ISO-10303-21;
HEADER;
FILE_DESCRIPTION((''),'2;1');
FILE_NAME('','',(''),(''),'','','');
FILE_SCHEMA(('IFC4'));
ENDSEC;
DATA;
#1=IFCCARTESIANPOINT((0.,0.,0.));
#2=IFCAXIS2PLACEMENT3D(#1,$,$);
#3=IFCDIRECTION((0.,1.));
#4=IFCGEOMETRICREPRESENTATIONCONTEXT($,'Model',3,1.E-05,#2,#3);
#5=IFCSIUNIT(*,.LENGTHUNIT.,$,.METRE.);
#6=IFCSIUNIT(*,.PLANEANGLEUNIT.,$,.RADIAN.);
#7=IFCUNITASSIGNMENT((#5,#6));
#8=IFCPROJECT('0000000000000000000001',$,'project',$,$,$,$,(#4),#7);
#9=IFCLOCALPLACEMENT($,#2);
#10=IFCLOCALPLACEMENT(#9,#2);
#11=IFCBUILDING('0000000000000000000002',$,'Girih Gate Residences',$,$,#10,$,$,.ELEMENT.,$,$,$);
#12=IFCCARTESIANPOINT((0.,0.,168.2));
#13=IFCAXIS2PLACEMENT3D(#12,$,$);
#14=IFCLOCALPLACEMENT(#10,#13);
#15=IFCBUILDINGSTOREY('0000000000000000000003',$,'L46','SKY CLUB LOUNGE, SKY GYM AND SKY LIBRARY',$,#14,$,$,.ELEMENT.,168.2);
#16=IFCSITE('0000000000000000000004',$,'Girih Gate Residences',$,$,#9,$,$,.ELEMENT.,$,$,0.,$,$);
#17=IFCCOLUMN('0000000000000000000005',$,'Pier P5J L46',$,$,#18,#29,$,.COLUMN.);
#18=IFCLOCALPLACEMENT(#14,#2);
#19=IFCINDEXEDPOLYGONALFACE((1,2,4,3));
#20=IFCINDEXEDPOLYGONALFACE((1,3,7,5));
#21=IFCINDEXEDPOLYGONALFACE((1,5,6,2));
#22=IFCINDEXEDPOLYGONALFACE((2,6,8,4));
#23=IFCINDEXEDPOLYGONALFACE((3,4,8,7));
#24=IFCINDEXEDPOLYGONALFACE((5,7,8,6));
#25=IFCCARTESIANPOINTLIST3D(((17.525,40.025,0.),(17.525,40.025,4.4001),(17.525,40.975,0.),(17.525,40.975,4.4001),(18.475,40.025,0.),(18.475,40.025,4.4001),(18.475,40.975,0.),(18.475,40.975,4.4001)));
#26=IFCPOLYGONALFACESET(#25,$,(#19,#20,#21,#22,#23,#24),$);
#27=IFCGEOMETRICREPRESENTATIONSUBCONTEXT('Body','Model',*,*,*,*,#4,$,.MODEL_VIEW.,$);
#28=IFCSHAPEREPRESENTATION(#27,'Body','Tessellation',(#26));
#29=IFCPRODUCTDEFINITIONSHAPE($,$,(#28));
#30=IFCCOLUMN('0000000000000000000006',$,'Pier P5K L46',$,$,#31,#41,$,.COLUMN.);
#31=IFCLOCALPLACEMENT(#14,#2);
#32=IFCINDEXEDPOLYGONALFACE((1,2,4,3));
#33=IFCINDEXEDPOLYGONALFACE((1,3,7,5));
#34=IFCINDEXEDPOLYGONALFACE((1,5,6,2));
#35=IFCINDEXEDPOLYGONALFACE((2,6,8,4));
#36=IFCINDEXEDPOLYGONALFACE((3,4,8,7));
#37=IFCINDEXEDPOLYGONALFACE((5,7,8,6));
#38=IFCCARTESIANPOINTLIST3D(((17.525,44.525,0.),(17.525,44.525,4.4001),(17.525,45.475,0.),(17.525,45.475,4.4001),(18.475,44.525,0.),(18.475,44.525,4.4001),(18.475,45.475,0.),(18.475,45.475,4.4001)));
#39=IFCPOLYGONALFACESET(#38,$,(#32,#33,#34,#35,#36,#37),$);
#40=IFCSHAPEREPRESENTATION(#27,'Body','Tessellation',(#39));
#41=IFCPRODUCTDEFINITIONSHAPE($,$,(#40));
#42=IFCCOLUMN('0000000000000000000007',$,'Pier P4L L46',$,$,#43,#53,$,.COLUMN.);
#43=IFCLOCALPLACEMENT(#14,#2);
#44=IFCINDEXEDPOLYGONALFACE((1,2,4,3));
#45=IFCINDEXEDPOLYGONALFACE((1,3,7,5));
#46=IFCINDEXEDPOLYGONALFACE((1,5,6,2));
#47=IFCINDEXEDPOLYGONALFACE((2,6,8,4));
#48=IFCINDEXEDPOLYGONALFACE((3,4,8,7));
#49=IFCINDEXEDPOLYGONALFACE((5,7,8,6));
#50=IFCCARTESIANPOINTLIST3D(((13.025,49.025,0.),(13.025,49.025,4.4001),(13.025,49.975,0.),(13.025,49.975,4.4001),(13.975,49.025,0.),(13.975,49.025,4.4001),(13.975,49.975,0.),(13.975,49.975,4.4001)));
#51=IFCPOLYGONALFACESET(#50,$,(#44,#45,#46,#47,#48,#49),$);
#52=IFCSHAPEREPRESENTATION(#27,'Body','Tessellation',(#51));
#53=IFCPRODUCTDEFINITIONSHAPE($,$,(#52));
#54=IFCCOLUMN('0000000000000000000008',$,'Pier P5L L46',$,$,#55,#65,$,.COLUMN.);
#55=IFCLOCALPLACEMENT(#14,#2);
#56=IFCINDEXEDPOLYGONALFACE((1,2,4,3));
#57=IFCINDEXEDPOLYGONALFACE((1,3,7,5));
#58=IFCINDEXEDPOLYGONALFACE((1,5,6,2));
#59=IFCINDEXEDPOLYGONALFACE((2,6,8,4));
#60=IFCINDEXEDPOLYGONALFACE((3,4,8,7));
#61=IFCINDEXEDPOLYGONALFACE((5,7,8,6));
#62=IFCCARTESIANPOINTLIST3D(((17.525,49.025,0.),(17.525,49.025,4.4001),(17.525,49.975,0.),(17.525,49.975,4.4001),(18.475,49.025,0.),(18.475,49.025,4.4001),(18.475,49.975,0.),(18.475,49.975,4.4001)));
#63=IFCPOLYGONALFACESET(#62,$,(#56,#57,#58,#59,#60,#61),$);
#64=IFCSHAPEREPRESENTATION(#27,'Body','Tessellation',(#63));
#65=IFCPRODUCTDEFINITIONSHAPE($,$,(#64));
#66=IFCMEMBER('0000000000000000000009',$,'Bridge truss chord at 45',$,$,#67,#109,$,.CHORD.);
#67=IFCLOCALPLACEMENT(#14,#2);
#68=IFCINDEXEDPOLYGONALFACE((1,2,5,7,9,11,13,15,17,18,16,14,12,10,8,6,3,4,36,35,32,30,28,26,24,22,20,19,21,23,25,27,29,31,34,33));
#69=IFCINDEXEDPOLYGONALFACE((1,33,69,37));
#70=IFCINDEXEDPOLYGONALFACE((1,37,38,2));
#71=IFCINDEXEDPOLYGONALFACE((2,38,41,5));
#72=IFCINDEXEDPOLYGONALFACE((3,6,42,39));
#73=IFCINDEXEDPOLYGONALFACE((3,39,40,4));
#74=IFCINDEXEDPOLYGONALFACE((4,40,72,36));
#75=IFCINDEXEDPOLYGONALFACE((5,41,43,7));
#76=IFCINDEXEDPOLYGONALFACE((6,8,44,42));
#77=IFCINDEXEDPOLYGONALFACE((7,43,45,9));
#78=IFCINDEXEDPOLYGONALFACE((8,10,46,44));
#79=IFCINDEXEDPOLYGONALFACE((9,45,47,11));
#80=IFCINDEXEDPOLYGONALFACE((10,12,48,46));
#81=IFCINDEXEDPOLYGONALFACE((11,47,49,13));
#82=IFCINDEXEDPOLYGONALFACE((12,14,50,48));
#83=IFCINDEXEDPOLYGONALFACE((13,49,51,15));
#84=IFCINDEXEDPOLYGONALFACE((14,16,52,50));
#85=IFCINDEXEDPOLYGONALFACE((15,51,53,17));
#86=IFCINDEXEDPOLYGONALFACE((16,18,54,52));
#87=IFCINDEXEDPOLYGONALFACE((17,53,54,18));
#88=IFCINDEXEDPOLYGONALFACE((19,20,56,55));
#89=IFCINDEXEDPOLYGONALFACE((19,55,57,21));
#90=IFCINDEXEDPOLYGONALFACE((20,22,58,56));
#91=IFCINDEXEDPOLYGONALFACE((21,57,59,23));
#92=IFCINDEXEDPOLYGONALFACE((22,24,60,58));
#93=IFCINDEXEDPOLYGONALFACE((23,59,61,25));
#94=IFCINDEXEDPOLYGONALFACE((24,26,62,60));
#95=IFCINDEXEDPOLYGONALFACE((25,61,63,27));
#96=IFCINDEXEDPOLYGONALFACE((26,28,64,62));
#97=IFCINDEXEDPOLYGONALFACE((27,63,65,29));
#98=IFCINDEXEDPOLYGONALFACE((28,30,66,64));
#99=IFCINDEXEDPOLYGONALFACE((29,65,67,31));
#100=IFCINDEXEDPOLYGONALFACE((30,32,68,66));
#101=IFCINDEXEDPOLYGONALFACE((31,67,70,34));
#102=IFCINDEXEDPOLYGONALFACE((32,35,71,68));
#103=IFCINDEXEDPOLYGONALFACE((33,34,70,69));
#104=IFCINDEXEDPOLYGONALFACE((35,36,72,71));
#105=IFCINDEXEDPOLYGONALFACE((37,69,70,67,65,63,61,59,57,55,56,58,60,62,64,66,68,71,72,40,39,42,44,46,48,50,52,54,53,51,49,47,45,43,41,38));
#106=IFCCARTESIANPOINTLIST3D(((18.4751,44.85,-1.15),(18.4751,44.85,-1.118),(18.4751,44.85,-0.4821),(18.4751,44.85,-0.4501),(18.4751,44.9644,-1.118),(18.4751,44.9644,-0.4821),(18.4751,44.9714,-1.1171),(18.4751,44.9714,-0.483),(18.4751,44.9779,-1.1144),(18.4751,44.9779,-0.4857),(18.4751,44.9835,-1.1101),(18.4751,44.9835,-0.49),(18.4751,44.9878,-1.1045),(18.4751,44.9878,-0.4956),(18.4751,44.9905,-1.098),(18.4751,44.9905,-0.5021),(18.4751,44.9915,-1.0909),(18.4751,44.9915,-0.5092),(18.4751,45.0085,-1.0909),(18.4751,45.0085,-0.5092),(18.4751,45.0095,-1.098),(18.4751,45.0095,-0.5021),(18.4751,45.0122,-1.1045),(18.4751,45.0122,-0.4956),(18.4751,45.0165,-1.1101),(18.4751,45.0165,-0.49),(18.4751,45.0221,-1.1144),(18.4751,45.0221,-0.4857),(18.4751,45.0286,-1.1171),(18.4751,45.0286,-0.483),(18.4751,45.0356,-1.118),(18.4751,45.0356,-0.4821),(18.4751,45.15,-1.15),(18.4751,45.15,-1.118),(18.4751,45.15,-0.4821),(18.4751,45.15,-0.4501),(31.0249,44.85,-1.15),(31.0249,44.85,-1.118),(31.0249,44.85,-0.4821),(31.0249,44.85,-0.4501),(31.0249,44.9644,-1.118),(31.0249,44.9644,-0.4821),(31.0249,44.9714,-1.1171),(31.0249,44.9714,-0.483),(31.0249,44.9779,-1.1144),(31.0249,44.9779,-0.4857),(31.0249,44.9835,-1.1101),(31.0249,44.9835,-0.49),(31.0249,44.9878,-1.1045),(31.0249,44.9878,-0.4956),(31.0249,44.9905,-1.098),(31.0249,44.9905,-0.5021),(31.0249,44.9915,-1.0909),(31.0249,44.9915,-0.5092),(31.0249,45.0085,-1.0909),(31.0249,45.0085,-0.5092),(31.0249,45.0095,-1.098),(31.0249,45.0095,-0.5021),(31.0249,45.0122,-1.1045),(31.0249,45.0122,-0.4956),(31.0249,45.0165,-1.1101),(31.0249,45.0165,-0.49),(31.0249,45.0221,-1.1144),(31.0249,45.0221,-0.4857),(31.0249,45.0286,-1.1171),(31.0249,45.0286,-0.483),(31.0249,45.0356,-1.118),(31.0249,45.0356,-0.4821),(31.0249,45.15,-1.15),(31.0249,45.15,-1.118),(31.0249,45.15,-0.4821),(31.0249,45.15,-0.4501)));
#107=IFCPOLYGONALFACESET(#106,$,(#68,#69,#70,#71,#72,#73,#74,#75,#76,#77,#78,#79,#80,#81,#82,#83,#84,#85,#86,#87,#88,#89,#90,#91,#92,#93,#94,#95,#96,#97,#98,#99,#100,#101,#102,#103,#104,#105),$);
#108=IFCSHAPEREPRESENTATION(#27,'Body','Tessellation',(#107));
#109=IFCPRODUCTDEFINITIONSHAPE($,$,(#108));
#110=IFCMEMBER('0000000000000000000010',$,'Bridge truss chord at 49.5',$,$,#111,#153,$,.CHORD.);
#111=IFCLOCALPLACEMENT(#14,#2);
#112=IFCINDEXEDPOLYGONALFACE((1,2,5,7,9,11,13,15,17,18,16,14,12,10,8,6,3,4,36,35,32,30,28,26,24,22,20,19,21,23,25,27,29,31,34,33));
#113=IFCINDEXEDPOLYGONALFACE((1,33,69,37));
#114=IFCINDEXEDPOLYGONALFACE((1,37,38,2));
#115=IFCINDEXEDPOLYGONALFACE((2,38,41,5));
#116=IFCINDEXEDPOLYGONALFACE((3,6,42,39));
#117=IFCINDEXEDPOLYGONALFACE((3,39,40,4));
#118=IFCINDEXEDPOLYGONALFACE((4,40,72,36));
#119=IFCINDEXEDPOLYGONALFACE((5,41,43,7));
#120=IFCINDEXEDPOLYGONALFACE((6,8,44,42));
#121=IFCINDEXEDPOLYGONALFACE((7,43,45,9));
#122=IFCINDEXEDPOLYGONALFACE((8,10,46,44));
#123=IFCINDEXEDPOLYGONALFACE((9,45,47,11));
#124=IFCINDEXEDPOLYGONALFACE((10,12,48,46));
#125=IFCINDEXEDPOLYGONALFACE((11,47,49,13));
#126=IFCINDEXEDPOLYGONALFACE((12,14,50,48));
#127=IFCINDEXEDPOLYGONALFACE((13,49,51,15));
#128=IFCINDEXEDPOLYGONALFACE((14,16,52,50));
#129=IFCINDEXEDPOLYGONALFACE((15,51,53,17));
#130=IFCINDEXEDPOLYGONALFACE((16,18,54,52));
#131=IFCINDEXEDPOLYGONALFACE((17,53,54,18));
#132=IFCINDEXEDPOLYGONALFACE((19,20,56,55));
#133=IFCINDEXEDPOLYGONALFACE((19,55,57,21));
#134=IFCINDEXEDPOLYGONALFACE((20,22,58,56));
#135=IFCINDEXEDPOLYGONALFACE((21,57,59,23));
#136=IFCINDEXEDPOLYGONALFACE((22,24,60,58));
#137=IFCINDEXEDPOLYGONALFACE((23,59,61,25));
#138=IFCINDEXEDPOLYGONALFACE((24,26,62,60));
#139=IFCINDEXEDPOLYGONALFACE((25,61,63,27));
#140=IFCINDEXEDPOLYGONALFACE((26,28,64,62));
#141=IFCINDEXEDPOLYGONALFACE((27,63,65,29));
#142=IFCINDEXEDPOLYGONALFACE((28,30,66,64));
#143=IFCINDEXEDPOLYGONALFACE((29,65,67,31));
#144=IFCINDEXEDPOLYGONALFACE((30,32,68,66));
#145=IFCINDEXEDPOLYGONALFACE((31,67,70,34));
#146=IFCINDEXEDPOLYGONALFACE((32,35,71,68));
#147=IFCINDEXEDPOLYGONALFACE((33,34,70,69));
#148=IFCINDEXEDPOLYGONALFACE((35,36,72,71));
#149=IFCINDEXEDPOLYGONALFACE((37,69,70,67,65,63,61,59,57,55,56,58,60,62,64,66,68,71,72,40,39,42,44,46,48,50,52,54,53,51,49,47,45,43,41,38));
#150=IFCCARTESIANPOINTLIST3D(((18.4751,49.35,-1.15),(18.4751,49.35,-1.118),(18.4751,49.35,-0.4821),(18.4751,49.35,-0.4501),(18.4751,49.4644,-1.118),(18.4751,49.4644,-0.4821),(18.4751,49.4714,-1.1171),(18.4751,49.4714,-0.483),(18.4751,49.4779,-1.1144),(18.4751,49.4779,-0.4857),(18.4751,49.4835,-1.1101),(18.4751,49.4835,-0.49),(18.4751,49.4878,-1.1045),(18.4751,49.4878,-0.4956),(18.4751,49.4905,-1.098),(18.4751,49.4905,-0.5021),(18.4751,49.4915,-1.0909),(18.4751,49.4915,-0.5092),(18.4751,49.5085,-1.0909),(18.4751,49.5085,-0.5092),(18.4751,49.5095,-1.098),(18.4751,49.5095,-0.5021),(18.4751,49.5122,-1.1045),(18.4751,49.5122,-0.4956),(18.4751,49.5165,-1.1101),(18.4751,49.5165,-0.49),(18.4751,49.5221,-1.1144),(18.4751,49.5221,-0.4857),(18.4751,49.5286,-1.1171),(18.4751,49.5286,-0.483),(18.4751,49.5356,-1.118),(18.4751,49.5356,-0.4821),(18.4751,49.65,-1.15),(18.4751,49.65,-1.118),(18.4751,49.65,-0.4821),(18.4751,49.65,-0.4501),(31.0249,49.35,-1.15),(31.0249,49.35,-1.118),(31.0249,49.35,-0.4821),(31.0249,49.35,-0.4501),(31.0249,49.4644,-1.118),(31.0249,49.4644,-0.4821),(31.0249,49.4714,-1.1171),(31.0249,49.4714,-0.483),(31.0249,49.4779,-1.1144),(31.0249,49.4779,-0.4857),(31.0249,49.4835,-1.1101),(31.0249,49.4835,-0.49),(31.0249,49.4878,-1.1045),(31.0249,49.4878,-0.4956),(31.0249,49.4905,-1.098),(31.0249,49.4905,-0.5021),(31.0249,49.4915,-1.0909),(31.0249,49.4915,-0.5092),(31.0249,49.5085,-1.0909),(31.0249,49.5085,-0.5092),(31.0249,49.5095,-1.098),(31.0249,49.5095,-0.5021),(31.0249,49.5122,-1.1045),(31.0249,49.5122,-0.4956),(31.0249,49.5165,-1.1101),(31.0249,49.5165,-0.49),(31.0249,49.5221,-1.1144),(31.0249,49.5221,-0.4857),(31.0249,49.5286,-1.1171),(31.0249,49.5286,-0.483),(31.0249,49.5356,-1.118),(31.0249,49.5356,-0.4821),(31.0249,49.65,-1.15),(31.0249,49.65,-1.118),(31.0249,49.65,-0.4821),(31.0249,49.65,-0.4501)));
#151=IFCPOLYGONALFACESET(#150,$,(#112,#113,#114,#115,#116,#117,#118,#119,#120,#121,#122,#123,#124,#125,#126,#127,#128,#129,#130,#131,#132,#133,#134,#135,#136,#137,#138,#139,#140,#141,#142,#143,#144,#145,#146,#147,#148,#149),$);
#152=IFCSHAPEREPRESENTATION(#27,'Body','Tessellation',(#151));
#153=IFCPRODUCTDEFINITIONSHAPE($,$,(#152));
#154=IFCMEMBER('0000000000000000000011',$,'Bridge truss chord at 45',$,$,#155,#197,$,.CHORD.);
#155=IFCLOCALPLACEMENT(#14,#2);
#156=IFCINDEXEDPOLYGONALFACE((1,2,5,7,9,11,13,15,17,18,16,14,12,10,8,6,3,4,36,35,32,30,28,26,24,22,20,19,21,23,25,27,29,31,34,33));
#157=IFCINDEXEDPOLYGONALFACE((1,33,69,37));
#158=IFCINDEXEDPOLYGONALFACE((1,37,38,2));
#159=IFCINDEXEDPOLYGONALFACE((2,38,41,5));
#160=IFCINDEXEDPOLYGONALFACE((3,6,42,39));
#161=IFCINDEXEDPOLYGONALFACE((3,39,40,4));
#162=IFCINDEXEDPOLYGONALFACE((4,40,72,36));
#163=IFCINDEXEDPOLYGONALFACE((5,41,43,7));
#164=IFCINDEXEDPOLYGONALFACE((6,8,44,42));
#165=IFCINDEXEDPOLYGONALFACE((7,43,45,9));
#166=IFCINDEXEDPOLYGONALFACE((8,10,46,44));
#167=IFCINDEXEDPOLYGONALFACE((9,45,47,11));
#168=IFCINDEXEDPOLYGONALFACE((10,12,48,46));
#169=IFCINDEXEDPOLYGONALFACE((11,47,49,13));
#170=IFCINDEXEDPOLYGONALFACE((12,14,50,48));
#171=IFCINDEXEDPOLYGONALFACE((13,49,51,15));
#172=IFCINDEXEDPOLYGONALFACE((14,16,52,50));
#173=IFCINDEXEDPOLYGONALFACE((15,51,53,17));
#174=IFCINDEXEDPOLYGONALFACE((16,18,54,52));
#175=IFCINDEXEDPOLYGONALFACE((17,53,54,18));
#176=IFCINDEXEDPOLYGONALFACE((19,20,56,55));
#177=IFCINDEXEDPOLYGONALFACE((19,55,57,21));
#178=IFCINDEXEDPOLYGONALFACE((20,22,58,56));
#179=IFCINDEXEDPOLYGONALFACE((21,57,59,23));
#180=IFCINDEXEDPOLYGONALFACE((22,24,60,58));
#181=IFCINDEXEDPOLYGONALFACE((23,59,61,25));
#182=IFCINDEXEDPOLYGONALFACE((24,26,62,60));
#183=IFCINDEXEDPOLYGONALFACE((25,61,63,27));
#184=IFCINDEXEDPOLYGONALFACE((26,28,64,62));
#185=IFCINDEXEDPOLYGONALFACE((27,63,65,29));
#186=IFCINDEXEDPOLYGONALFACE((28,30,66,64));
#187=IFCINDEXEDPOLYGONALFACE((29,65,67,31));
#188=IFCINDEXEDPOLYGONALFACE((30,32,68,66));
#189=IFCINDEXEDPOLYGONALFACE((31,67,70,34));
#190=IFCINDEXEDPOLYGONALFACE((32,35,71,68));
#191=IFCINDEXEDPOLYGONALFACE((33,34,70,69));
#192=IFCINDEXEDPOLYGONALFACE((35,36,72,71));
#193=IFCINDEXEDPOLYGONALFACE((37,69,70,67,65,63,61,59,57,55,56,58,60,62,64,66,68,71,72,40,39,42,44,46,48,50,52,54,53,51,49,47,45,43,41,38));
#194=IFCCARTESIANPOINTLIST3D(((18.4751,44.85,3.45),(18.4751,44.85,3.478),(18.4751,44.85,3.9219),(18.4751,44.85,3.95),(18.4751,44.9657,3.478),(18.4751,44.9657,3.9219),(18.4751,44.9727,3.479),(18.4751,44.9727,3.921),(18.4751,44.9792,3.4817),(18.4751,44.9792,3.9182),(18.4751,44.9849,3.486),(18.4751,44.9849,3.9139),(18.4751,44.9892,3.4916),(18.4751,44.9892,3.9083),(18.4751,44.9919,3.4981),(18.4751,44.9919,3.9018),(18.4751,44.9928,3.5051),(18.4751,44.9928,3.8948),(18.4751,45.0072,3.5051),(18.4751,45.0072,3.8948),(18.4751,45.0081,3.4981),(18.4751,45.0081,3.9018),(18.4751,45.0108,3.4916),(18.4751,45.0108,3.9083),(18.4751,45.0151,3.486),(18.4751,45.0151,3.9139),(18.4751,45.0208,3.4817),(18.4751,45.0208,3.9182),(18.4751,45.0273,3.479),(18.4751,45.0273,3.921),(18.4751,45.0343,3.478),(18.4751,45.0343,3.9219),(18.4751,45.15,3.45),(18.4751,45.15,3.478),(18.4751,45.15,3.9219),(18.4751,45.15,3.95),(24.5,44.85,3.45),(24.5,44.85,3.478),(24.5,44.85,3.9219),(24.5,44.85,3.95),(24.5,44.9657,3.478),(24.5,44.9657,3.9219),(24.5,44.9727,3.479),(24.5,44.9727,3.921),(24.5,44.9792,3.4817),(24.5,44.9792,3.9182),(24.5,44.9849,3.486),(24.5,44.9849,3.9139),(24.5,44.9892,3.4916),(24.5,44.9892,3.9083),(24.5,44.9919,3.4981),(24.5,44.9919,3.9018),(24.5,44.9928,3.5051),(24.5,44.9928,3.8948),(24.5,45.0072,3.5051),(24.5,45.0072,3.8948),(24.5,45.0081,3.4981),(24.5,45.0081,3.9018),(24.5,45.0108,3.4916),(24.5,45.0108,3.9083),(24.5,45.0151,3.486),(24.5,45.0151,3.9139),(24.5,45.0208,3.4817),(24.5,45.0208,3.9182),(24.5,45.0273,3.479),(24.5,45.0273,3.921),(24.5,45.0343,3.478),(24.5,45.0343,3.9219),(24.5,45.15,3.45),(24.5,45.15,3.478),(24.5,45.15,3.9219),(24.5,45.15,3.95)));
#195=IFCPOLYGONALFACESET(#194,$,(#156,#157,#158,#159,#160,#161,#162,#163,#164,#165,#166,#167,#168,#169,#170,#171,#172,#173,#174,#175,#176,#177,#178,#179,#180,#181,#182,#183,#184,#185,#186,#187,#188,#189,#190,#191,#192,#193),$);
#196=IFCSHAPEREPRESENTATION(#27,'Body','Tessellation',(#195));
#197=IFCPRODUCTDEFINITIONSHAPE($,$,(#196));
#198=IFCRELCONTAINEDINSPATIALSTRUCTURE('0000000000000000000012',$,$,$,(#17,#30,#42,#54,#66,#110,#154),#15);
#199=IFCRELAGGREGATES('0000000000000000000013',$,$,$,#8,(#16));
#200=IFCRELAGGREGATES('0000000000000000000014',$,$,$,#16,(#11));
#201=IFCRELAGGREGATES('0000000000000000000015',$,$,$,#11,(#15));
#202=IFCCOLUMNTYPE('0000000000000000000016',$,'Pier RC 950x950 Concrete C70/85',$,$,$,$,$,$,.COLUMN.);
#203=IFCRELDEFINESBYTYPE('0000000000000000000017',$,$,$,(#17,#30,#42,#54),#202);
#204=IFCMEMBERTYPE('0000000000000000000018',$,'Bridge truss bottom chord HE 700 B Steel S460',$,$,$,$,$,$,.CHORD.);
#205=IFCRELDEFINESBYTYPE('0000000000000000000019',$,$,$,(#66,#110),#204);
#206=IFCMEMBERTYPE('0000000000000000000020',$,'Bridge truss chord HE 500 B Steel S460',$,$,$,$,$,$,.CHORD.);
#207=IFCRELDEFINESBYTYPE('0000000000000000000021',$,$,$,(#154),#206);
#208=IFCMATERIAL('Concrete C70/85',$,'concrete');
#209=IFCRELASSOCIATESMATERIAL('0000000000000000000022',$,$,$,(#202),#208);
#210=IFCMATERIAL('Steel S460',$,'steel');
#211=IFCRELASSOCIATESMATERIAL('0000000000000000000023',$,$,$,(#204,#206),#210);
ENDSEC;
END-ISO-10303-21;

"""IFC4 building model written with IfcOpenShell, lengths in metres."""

from ifc_helpers import new_model, si_unit, direction, frame, origin, origin_2d, place, context, subcontext, project, spatial, rectangle, i_section, extrude, material, material_profile, profile_set, type_object, element, save


model = new_model("IFC4")

# Units and contexts
model_context = context("Model", 3, precision=1e-05, world=origin(), true_north=direction((0.0, 1.0)))
body_context = subcontext(model_context, "Body", "Model", "MODEL_VIEW")
ifc_project = project(units=[si_unit("LENGTHUNIT", "METRE"), si_unit("PLANEANGLEUNIT", "RADIAN")], contexts=[model_context])

# Site, building, storey
site_placement = place(None, origin())
site = spatial("IfcSite", under=ifc_project, at=site_placement, Name="Girih Gate Residences", CompositionType="ELEMENT", RefElevation=0.0)
building_placement = place(site_placement, origin())
building = spatial("IfcBuilding", under=site, at=building_placement, Name="Girih Gate Residences", CompositionType="ELEMENT")
storey_placement = place(building_placement, frame((0.0, 0.0, 168.2)))
storey = spatial("IfcBuildingStorey", under=building, at=storey_placement, Name="L46", Description="SKY CLUB LOUNGE, SKY GYM AND SKY LIBRARY", CompositionType="ELEMENT", Elevation=168.2)

# Columns
ifc_material_1 = material(Name="Concrete C70/85", Category="concrete")
ifc_material_profile_1 = material_profile(ifc_material_1, rectangle(XDim=0.95, YDim=0.95, at=origin_2d()))
ifc_profile_set_1 = profile_set([ifc_material_profile_1], Name="Concrete C70/85")
column_type = type_object("IfcColumnType", Name="Pier RC 950x950 Concrete C70/85", PredefinedType="COLUMN", material=ifc_profile_set_1)
for number, where, z_axis, x_axis, name in (
    (1, (18.0, 40.5, 0.0), (0.0, 0.0, 1.0), (1.0, 0.0, 0.0), "Pier P5J L46"),
    (2, (18.0, 45.0, 0.0), (0.0, 0.0, 1.0), (1.0, 0.0, 0.0), "Pier P5K L46"),
    (3, (13.5, 49.5, 0.0), (0.0, 0.0, 1.0), (1.0, 0.0, 0.0), "Pier P4L L46"),
    (4, (18.0, 49.5, 0.0), (0.0, 0.0, 1.0), (1.0, 0.0, 0.0), "Pier P5L L46"),
):
    element("IfcColumn", number, at=place(storey_placement, frame(where, z_axis=z_axis, x_axis=x_axis)), inside=storey, type_object=column_type, Name=name, PredefinedType="COLUMN", context=body_context, shape_type="SweptSolid", body=[
        extrude(rectangle(XDim=0.95, YDim=0.95, at=origin_2d()), origin(), (0.0, 0.0, 1.0), 4.4001),
    ])

# Members
ifc_material_2 = material(Name="Steel S460", Category="steel")
ifc_material_profile_2 = material_profile(ifc_material_2, i_section(OverallWidth=0.3, OverallDepth=0.7, WebThickness=0.0171, FlangeThickness=0.032, FilletRadius=0.0271, at=origin_2d()))
ifc_profile_set_2 = profile_set([ifc_material_profile_2], Name="Steel S460")
member_type_1 = type_object("IfcMemberType", Name="Bridge truss bottom chord HE 700 B Steel S460", PredefinedType="CHORD", material=ifc_profile_set_2)
for number, where, z_axis, x_axis, name in (
    (5, (18.4751, 45.0, -0.8), (1.0, 0.0, 0.0), (0.0, 1.0, 0.0), "Bridge truss chord at 45"),
    (6, (18.4751, 49.5, -0.8), (1.0, 0.0, 0.0), (0.0, 1.0, 0.0), "Bridge truss chord at 49.5"),
):
    element("IfcMember", number, at=place(storey_placement, frame(where, z_axis=z_axis, x_axis=x_axis)), inside=storey, type_object=member_type_1, Name=name, PredefinedType="CHORD", context=body_context, shape_type="SweptSolid", body=[
        extrude(i_section(OverallWidth=0.3, OverallDepth=0.7, WebThickness=0.0171, FlangeThickness=0.032, FilletRadius=0.0271, at=origin_2d()), origin(), (0.0, 0.0, 1.0), 12.5498),
    ])
ifc_material_profile_3 = material_profile(ifc_material_2, i_section(OverallWidth=0.3, OverallDepth=0.5, WebThickness=0.0144, FlangeThickness=0.0281, FilletRadius=0.0271, at=origin_2d()))
ifc_profile_set_3 = profile_set([ifc_material_profile_3], Name="Steel S460")
member_type_2 = type_object("IfcMemberType", Name="Bridge truss chord HE 500 B Steel S460", PredefinedType="CHORD", material=ifc_profile_set_3)
for number, where, z_axis, x_axis, name in (
    (7, (18.4751, 45.0, 3.7), (1.0, 0.0, 0.0), (0.0, 1.0, 0.0), "Bridge truss chord at 45"),
):
    element("IfcMember", number, at=place(storey_placement, frame(where, z_axis=z_axis, x_axis=x_axis)), inside=storey, type_object=member_type_2, Name=name, PredefinedType="CHORD", context=body_context, shape_type="SweptSolid", body=[
        extrude(i_section(OverallWidth=0.3, OverallDepth=0.5, WebThickness=0.0144, FlangeThickness=0.0281, FilletRadius=0.0271, at=origin_2d()), origin(), (0.0, 0.0, 1.0), 6.0249),
    ])

save(model, "model.ifc")
